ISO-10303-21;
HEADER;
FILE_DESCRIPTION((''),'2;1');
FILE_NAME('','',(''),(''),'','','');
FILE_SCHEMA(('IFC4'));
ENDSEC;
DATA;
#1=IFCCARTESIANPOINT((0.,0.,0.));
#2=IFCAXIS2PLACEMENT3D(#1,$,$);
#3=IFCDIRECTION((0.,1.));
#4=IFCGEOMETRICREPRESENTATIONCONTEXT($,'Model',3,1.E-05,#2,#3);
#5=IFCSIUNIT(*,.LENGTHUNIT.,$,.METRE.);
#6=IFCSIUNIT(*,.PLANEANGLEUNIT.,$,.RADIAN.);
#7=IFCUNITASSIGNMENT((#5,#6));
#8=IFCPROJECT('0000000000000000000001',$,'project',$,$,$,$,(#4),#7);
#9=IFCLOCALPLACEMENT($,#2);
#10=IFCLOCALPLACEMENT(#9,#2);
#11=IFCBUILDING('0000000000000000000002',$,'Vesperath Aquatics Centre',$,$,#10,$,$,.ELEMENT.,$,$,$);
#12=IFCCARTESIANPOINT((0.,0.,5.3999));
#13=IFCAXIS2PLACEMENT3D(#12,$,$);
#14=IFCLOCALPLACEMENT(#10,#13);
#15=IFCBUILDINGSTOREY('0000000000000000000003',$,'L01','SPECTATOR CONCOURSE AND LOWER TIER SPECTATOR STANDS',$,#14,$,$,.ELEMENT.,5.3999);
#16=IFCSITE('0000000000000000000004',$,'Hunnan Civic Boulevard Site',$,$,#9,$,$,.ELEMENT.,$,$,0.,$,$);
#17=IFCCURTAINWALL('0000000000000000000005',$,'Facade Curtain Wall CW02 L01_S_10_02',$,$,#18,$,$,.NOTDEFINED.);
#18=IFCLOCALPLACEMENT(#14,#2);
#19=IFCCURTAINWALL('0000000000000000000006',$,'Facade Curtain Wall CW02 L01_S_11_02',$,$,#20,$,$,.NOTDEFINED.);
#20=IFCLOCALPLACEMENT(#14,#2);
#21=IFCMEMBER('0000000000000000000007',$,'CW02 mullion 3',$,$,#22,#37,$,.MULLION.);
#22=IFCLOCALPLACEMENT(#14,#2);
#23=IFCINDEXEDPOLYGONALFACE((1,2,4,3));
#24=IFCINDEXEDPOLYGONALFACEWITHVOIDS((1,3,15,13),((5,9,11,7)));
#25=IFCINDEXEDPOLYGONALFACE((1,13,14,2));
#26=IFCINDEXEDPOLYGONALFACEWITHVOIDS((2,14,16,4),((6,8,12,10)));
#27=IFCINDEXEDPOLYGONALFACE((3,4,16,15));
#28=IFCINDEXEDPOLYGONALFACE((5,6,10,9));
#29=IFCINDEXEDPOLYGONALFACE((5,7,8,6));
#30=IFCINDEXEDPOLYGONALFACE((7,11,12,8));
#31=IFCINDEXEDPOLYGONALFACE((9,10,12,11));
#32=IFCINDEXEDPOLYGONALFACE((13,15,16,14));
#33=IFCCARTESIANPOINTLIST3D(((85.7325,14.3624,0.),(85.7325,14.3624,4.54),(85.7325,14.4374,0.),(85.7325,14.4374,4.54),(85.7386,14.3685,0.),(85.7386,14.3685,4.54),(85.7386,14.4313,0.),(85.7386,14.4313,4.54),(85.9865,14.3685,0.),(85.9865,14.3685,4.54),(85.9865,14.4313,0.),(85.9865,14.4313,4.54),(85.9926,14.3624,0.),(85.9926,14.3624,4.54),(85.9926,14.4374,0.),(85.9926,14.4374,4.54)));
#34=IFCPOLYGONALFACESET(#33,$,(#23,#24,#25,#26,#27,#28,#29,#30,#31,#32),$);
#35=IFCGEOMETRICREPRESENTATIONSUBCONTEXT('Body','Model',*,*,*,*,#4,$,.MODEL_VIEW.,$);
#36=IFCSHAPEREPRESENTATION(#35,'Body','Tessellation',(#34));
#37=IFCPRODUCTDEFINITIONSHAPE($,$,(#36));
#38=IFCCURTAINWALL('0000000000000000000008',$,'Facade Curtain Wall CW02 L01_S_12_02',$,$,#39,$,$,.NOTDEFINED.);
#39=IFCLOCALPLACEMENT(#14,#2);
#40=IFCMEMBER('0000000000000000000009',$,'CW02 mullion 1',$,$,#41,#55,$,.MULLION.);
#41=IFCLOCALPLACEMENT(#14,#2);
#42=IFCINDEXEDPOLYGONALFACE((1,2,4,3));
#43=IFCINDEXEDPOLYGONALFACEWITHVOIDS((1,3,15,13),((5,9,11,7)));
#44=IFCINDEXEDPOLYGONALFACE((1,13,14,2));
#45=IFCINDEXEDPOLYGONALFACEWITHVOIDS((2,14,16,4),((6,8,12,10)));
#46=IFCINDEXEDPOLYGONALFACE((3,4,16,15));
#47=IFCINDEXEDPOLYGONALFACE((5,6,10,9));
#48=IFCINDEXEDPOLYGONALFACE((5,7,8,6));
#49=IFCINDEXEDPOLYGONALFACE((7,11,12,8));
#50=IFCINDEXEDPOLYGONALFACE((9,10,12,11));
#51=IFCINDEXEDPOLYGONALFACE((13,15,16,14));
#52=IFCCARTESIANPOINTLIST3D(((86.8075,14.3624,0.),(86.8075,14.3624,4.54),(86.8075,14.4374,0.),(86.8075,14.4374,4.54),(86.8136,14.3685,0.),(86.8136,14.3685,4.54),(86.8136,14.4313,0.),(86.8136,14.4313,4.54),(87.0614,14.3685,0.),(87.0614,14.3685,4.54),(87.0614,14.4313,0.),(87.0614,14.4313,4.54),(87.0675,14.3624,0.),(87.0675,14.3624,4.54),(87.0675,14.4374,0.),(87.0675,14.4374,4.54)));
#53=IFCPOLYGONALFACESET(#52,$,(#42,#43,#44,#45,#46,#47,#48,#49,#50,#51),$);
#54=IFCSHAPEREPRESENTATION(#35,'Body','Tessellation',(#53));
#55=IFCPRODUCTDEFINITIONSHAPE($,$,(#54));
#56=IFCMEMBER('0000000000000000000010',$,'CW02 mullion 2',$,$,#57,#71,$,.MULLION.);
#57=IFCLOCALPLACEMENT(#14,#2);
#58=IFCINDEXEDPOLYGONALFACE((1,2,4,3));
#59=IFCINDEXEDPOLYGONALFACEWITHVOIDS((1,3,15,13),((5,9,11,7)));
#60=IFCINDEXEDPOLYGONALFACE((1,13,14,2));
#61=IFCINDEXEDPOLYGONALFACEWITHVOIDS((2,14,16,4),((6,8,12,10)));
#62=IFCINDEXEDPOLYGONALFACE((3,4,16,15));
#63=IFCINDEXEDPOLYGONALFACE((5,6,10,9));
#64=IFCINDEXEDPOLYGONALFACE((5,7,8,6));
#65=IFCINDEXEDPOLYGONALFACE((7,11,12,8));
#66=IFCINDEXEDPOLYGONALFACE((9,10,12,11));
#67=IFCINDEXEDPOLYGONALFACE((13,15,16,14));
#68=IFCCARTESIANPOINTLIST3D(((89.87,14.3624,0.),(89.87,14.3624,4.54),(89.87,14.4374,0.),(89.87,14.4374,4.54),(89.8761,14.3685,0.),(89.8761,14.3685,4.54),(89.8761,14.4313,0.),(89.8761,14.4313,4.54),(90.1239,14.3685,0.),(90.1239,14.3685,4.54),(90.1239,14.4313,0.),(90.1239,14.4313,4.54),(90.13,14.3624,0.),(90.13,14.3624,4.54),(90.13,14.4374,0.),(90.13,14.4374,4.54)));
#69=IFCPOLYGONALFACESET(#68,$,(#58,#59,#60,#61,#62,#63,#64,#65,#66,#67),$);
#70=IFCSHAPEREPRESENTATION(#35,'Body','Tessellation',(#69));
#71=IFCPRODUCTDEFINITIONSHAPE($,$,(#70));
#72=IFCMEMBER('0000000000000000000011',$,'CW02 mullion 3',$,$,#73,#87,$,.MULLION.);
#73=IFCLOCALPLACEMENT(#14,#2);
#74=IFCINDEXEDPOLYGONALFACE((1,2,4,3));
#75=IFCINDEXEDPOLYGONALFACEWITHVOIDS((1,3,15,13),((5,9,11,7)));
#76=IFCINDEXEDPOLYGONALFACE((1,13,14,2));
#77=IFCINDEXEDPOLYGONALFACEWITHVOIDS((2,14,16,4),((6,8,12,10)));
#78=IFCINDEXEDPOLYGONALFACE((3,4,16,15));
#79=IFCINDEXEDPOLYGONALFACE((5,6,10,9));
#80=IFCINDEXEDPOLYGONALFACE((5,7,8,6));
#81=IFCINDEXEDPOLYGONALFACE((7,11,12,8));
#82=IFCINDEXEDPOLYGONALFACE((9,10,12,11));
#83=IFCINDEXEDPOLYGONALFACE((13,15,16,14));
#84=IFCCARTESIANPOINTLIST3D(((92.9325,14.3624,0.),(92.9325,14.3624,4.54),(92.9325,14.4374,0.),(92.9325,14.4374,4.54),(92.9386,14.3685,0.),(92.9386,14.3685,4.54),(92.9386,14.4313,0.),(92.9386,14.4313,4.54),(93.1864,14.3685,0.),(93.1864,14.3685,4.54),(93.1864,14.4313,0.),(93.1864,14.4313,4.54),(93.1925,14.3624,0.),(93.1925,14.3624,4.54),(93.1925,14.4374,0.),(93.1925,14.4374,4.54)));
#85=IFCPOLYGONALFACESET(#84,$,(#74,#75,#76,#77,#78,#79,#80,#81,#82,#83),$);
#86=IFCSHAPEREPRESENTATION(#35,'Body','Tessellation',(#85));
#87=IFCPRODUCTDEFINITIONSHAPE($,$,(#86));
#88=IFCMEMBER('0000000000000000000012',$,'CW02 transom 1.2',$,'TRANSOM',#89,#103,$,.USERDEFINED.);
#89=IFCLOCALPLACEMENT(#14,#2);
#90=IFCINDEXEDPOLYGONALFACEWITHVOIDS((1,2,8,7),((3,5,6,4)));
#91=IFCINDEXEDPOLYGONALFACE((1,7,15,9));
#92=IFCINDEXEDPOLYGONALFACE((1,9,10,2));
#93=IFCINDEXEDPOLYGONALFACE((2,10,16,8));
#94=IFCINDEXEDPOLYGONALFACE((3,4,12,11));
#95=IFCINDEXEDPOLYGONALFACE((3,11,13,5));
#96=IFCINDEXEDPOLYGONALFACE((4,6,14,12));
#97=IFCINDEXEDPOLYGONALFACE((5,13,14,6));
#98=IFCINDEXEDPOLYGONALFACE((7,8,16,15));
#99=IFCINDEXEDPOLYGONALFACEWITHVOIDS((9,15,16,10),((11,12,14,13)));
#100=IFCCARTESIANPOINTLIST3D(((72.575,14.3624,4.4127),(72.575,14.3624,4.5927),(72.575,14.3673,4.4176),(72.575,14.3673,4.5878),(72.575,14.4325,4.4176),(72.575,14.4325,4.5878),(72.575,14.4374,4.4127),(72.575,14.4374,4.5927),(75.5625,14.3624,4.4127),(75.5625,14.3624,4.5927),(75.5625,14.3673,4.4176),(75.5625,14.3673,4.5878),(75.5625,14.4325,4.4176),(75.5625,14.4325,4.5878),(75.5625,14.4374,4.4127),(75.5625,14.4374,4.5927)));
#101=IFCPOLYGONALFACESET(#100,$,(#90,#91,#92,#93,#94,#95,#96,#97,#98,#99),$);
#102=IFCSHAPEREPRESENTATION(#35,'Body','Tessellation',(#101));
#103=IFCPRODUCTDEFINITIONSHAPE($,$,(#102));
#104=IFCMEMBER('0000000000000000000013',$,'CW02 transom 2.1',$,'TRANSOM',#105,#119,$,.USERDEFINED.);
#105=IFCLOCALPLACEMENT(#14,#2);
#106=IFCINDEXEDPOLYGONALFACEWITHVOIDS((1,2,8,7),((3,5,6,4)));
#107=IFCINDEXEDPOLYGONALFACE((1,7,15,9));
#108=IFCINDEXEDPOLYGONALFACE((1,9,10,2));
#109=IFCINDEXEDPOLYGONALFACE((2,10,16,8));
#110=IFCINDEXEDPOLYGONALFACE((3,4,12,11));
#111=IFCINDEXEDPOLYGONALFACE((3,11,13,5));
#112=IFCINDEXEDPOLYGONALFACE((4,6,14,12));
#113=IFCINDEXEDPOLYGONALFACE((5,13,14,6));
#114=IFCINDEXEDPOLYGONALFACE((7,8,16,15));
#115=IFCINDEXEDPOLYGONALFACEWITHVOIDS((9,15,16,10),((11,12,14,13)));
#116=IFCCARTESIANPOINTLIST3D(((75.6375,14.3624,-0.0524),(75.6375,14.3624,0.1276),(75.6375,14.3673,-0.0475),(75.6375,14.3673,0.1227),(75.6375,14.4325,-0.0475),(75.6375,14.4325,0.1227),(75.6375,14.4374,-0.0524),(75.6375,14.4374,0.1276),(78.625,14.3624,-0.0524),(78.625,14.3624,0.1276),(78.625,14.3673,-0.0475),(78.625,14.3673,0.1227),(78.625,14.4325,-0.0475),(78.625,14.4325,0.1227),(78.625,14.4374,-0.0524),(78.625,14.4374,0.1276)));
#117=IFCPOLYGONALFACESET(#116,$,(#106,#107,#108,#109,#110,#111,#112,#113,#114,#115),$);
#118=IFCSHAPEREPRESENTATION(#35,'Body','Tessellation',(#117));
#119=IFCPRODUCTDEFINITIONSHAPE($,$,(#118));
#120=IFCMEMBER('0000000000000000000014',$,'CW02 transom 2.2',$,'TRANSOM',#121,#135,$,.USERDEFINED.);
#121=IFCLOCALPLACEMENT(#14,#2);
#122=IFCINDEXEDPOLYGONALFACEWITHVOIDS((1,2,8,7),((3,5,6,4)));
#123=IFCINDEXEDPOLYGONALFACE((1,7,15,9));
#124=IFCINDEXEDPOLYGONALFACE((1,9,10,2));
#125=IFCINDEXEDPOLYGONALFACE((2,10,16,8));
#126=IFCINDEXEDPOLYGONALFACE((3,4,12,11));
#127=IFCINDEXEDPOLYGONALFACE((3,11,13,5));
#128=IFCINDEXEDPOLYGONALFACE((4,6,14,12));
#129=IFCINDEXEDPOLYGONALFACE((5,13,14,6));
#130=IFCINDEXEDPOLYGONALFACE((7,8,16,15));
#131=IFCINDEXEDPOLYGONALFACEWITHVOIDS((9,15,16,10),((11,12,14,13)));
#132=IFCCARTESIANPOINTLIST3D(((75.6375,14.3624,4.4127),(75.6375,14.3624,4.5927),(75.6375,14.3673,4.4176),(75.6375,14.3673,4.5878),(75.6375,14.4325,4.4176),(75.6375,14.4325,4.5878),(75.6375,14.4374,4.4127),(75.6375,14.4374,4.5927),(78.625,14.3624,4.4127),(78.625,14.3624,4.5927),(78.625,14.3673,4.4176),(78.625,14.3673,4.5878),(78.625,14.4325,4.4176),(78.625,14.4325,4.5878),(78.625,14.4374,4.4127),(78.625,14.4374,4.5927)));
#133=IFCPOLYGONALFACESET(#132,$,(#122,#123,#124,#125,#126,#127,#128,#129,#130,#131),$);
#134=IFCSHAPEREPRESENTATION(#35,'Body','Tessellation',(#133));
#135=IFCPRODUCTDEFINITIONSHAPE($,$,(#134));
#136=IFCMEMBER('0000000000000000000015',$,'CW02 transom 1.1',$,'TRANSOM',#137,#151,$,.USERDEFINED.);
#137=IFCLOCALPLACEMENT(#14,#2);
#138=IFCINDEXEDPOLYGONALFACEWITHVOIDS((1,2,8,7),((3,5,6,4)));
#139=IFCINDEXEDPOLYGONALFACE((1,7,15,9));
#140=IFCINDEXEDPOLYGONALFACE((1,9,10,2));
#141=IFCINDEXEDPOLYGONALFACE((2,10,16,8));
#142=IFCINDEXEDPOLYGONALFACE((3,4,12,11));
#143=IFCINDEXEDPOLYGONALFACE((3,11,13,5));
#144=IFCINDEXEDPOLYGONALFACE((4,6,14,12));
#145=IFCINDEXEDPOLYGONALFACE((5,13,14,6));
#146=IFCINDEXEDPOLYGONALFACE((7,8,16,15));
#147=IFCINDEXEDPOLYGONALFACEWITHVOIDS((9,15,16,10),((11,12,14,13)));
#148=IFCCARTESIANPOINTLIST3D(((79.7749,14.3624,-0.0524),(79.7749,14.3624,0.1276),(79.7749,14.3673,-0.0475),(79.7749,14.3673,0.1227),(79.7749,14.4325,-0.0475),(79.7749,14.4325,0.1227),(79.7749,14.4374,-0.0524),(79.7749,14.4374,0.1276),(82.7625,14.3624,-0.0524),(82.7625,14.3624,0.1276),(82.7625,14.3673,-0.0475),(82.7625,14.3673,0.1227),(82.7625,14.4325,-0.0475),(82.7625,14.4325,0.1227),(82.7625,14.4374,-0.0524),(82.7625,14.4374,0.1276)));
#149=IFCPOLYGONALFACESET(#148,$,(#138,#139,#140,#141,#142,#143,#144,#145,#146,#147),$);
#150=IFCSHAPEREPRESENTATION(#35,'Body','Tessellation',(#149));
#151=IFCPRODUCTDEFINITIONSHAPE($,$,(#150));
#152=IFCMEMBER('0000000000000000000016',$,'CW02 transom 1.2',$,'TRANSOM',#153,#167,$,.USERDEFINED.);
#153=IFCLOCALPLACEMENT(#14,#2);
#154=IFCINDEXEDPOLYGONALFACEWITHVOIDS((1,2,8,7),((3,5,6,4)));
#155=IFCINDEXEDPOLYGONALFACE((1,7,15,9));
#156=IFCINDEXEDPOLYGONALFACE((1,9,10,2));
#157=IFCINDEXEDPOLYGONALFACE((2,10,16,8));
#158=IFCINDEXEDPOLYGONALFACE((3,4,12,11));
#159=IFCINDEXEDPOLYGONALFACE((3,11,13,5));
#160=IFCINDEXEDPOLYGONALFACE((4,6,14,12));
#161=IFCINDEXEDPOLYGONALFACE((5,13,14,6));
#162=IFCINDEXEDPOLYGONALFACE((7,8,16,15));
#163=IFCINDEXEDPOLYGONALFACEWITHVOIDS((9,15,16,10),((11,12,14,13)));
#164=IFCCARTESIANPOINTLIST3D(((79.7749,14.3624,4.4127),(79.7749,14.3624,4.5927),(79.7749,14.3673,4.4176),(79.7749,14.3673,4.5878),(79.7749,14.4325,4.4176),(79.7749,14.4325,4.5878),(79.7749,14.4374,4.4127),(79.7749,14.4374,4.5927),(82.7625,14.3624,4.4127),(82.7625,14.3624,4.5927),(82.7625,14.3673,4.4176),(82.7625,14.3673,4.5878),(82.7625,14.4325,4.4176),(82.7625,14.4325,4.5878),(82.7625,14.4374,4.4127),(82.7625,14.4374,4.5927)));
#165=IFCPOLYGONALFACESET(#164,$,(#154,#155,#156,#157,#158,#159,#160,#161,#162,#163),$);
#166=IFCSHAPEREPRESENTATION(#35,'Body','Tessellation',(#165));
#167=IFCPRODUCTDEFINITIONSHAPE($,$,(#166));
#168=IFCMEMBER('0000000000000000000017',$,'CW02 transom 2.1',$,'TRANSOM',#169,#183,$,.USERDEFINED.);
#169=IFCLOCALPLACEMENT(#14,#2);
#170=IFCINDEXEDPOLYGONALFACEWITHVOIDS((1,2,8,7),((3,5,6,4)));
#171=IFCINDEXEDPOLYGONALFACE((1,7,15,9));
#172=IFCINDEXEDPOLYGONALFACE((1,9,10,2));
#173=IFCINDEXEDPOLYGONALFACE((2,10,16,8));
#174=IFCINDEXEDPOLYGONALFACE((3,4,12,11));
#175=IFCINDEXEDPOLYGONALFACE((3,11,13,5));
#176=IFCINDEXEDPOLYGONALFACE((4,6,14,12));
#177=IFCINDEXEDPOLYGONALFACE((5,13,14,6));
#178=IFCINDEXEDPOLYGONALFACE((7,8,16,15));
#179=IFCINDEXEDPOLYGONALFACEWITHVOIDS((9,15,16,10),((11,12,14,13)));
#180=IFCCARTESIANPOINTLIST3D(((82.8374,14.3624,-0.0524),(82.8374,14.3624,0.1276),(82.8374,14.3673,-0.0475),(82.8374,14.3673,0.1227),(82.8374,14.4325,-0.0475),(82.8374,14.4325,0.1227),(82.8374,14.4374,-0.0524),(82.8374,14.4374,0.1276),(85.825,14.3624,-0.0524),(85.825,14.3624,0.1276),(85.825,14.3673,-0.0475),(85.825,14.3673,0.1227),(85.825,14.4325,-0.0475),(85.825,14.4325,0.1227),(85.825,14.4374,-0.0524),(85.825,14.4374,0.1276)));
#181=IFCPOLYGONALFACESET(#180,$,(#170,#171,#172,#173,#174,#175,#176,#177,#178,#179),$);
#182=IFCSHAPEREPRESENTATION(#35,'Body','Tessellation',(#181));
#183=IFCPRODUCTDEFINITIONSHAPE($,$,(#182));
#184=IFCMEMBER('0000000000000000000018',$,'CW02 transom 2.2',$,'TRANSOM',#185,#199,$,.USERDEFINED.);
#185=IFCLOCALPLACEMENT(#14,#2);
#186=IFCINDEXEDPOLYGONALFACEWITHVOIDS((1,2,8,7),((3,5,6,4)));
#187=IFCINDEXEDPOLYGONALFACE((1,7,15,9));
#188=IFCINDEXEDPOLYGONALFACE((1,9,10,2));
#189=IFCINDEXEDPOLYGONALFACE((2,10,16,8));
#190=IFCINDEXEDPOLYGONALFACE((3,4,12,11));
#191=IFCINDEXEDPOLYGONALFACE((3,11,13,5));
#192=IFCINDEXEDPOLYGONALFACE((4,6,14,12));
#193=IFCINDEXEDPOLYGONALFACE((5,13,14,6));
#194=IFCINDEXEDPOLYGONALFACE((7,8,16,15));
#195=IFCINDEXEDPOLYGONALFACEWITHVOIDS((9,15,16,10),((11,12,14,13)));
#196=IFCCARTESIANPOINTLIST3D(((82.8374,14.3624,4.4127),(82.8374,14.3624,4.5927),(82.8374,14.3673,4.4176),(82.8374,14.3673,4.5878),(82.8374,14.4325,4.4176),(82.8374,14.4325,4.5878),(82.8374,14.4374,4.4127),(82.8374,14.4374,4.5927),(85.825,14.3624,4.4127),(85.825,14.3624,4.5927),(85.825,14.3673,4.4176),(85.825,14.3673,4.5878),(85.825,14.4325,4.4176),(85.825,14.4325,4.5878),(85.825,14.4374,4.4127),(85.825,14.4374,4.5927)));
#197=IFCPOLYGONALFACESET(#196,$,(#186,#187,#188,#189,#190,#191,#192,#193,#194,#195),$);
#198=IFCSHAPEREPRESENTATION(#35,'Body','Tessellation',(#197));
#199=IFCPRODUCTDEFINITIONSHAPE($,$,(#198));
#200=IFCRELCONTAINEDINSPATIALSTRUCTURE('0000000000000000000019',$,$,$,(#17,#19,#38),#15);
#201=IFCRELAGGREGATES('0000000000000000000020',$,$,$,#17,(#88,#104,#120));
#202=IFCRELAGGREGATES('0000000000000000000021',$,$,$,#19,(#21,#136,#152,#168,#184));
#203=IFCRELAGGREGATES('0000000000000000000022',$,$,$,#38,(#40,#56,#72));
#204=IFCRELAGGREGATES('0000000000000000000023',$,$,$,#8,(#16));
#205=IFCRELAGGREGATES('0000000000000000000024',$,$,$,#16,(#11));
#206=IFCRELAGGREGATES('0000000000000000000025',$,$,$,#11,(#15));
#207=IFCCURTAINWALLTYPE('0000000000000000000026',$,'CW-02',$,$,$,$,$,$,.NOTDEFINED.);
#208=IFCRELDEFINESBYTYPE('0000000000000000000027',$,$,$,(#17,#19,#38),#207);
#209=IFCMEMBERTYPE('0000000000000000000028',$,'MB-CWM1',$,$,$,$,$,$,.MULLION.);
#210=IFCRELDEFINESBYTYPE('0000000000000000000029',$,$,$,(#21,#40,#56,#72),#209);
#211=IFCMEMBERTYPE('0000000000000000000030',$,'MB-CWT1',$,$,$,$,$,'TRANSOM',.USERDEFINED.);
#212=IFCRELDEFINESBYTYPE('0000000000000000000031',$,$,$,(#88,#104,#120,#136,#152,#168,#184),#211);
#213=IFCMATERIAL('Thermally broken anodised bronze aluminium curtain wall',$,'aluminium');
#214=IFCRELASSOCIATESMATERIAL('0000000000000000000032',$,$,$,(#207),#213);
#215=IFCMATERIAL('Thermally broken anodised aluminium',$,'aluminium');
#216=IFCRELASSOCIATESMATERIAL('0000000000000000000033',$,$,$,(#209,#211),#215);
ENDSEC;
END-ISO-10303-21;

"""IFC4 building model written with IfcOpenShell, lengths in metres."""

from ifc_helpers import new_model, si_unit, direction, frame, origin, origin_2d, place, context, subcontext, project, spatial, hollow_rectangle, extrude, material, material_profile, profile_set, type_object, element, aggregate, save


model = new_model("IFC4")

# Units and contexts
model_context = context("Model", 3, precision=1e-05, world=origin(), true_north=direction((0.0, 1.0)))
body_context = subcontext(model_context, "Body", "Model", "MODEL_VIEW")
ifc_project = project(units=[si_unit("LENGTHUNIT", "METRE"), si_unit("PLANEANGLEUNIT", "RADIAN")], contexts=[model_context])

# Site, building, storey
site_placement = place(None, origin())
site = spatial("IfcSite", under=ifc_project, at=site_placement, Name="Hunnan Civic Boulevard Site", CompositionType="ELEMENT", RefElevation=0.0)
building_placement = place(site_placement, origin())
building = spatial("IfcBuilding", under=site, at=building_placement, Name="Vesperath Aquatics Centre", CompositionType="ELEMENT")
storey_placement = place(building_placement, frame((0.0, 0.0, 5.3999)))
storey = spatial("IfcBuildingStorey", under=building, at=storey_placement, Name="L01", Description="SPECTATOR CONCOURSE AND LOWER TIER SPECTATOR STANDS", CompositionType="ELEMENT", Elevation=5.3999)

# Curtain walls, members
ifc_material_1 = material(Name="Thermally broken anodised bronze aluminium curtain wall", Category="aluminium")
curtain_wall_type = type_object("IfcCurtainWallType", Name="CW-02", PredefinedType="NOTDEFINED", material=ifc_material_1)
curtain_wall_1_placement = place(storey_placement, origin())
curtain_wall_1 = element("IfcCurtainWall", 1, at=curtain_wall_1_placement, inside=storey, type_object=curtain_wall_type, Name="Facade Curtain Wall CW02 L01_S_10_02", PredefinedType="NOTDEFINED")
ifc_material_2 = material(Name="Thermally broken anodised aluminium", Category="aluminium")
ifc_material_profile_1 = material_profile(ifc_material_2, hollow_rectangle(XDim=0.075, YDim=0.26, WallThickness=0.0061, at=origin_2d()), Name="CWM 75x260x6")
ifc_profile_set_1 = profile_set([ifc_material_profile_1], Name="Thermally broken anodised aluminium")
member_type_1 = type_object("IfcMemberType", Name="MB-CWM1", PredefinedType="MULLION", material=ifc_profile_set_1)
curtain_wall_2_placement = place(storey_placement, origin())
curtain_wall_2 = element("IfcCurtainWall", 2, at=curtain_wall_2_placement, inside=storey, type_object=curtain_wall_type, Name="Facade Curtain Wall CW02 L01_S_11_02", PredefinedType="NOTDEFINED")
member_1_placement = place(storey_placement, frame((85.8625, 14.3999, 0.0), z_axis=(0.0, 0.0, 1.0), x_axis=(0.0, 1.0, 0.0)))
member_1 = element("IfcMember", 3, at=member_1_placement, type_object=member_type_1, Name="CW02 mullion 3", PredefinedType="MULLION", context=body_context, shape_type="SweptSolid", body=[
    extrude(hollow_rectangle(XDim=0.075, YDim=0.26, WallThickness=0.0061, at=origin_2d()), origin(), (0.0, 0.0, 1.0), 4.54),
])
curtain_wall_3_placement = place(storey_placement, origin())
curtain_wall_3 = element("IfcCurtainWall", 4, at=curtain_wall_3_placement, inside=storey, type_object=curtain_wall_type, Name="Facade Curtain Wall CW02 L01_S_12_02", PredefinedType="NOTDEFINED")
member_2_placement = place(storey_placement, frame((86.9375, 14.3999, 0.0), z_axis=(0.0, 0.0, 1.0), x_axis=(0.0, 1.0, 0.0)))
member_2 = element("IfcMember", 5, at=member_2_placement, type_object=member_type_1, Name="CW02 mullion 1", PredefinedType="MULLION", context=body_context, shape_type="SweptSolid", body=[
    extrude(hollow_rectangle(XDim=0.075, YDim=0.26, WallThickness=0.0061, at=origin_2d()), origin(), (0.0, 0.0, 1.0), 4.54),
])
member_3_placement = place(storey_placement, frame((90.0, 14.3999, 0.0), z_axis=(0.0, 0.0, 1.0), x_axis=(0.0, 1.0, 0.0)))
member_3 = element("IfcMember", 6, at=member_3_placement, type_object=member_type_1, Name="CW02 mullion 2", PredefinedType="MULLION", context=body_context, shape_type="SweptSolid", body=[
    extrude(hollow_rectangle(XDim=0.075, YDim=0.26, WallThickness=0.0061, at=origin_2d()), origin(), (0.0, 0.0, 1.0), 4.54),
])
member_4_placement = place(storey_placement, frame((93.0625, 14.3999, 0.0), z_axis=(0.0, 0.0, 1.0), x_axis=(0.0, 1.0, 0.0)))
member_4 = element("IfcMember", 7, at=member_4_placement, type_object=member_type_1, Name="CW02 mullion 3", PredefinedType="MULLION", context=body_context, shape_type="SweptSolid", body=[
    extrude(hollow_rectangle(XDim=0.075, YDim=0.26, WallThickness=0.0061, at=origin_2d()), origin(), (0.0, 0.0, 1.0), 4.54),
])

# Members
ifc_material_profile_2 = material_profile(ifc_material_2, hollow_rectangle(XDim=0.075, YDim=0.1799, WallThickness=0.0049, at=origin_2d()), Name="CWT 75x180x5")
ifc_profile_set_2 = profile_set([ifc_material_profile_2], Name="Thermally broken anodised aluminium")
member_type_2 = type_object("IfcMemberType", Name="MB-CWT1", ElementType="TRANSOM", PredefinedType="USERDEFINED", material=ifc_profile_set_2)
member_5_placement = place(storey_placement, frame((72.575, 14.3999, 4.5027), z_axis=(1.0, 0.0, 0.0), x_axis=(0.0, 1.0, 0.0)))
member_5 = element("IfcMember", 8, at=member_5_placement, type_object=member_type_2, Name="CW02 transom 1.2", ObjectType="TRANSOM", PredefinedType="USERDEFINED", context=body_context, shape_type="SweptSolid", body=[
    extrude(hollow_rectangle(XDim=0.075, YDim=0.1799, WallThickness=0.0049, at=origin_2d()), origin(), (0.0, 0.0, 1.0), 2.9875),
])
member_6_placement = place(storey_placement, frame((75.6375, 14.3999, 0.0376), z_axis=(1.0, 0.0, 0.0), x_axis=(0.0, 1.0, 0.0)))
member_6 = element("IfcMember", 9, at=member_6_placement, type_object=member_type_2, Name="CW02 transom 2.1", ObjectType="TRANSOM", PredefinedType="USERDEFINED", context=body_context, shape_type="SweptSolid", body=[
    extrude(hollow_rectangle(XDim=0.075, YDim=0.1799, WallThickness=0.0049, at=origin_2d()), origin(), (0.0, 0.0, 1.0), 2.9875),
])
member_7_placement = place(storey_placement, frame((75.6375, 14.3999, 4.5027), z_axis=(1.0, 0.0, 0.0), x_axis=(0.0, 1.0, 0.0)))
member_7 = element("IfcMember", 10, at=member_7_placement, type_object=member_type_2, Name="CW02 transom 2.2", ObjectType="TRANSOM", PredefinedType="USERDEFINED", context=body_context, shape_type="SweptSolid", body=[
    extrude(hollow_rectangle(XDim=0.075, YDim=0.1799, WallThickness=0.0049, at=origin_2d()), origin(), (0.0, 0.0, 1.0), 2.9875),
])
member_8_placement = place(storey_placement, frame((79.7749, 14.3999, 0.0376), z_axis=(1.0, 0.0, 0.0), x_axis=(0.0, 1.0, 0.0)))
member_8 = element("IfcMember", 11, at=member_8_placement, type_object=member_type_2, Name="CW02 transom 1.1", ObjectType="TRANSOM", PredefinedType="USERDEFINED", context=body_context, shape_type="SweptSolid", body=[
    extrude(hollow_rectangle(XDim=0.075, YDim=0.1799, WallThickness=0.0049, at=origin_2d()), origin(), (0.0, 0.0, 1.0), 2.9875),
])
member_9_placement = place(storey_placement, frame((79.7749, 14.3999, 4.5027), z_axis=(1.0, 0.0, 0.0), x_axis=(0.0, 1.0, 0.0)))
member_9 = element("IfcMember", 12, at=member_9_placement, type_object=member_type_2, Name="CW02 transom 1.2", ObjectType="TRANSOM", PredefinedType="USERDEFINED", context=body_context, shape_type="SweptSolid", body=[
    extrude(hollow_rectangle(XDim=0.075, YDim=0.1799, WallThickness=0.0049, at=origin_2d()), origin(), (0.0, 0.0, 1.0), 2.9875),
])
member_10_placement = place(storey_placement, frame((82.8374, 14.3999, 0.0376), z_axis=(1.0, 0.0, 0.0), x_axis=(0.0, 1.0, 0.0)))
member_10 = element("IfcMember", 13, at=member_10_placement, type_object=member_type_2, Name="CW02 transom 2.1", ObjectType="TRANSOM", PredefinedType="USERDEFINED", context=body_context, shape_type="SweptSolid", body=[
    extrude(hollow_rectangle(XDim=0.075, YDim=0.1799, WallThickness=0.0049, at=origin_2d()), origin(), (0.0, 0.0, 1.0), 2.9875),
])
member_11_placement = place(storey_placement, frame((82.8374, 14.3999, 4.5027), z_axis=(1.0, 0.0, 0.0), x_axis=(0.0, 1.0, 0.0)))
member_11 = element("IfcMember", 14, at=member_11_placement, type_object=member_type_2, Name="CW02 transom 2.2", ObjectType="TRANSOM", PredefinedType="USERDEFINED", context=body_context, shape_type="SweptSolid", body=[
    extrude(hollow_rectangle(XDim=0.075, YDim=0.1799, WallThickness=0.0049, at=origin_2d()), origin(), (0.0, 0.0, 1.0), 2.9875),
])

aggregate(curtain_wall_1, [member_5, member_6, member_7])
aggregate(curtain_wall_2, [member_1, member_8, member_9, member_10, member_11])
aggregate(curtain_wall_3, [member_2, member_3, member_4])

save(model, "model.ifc")
